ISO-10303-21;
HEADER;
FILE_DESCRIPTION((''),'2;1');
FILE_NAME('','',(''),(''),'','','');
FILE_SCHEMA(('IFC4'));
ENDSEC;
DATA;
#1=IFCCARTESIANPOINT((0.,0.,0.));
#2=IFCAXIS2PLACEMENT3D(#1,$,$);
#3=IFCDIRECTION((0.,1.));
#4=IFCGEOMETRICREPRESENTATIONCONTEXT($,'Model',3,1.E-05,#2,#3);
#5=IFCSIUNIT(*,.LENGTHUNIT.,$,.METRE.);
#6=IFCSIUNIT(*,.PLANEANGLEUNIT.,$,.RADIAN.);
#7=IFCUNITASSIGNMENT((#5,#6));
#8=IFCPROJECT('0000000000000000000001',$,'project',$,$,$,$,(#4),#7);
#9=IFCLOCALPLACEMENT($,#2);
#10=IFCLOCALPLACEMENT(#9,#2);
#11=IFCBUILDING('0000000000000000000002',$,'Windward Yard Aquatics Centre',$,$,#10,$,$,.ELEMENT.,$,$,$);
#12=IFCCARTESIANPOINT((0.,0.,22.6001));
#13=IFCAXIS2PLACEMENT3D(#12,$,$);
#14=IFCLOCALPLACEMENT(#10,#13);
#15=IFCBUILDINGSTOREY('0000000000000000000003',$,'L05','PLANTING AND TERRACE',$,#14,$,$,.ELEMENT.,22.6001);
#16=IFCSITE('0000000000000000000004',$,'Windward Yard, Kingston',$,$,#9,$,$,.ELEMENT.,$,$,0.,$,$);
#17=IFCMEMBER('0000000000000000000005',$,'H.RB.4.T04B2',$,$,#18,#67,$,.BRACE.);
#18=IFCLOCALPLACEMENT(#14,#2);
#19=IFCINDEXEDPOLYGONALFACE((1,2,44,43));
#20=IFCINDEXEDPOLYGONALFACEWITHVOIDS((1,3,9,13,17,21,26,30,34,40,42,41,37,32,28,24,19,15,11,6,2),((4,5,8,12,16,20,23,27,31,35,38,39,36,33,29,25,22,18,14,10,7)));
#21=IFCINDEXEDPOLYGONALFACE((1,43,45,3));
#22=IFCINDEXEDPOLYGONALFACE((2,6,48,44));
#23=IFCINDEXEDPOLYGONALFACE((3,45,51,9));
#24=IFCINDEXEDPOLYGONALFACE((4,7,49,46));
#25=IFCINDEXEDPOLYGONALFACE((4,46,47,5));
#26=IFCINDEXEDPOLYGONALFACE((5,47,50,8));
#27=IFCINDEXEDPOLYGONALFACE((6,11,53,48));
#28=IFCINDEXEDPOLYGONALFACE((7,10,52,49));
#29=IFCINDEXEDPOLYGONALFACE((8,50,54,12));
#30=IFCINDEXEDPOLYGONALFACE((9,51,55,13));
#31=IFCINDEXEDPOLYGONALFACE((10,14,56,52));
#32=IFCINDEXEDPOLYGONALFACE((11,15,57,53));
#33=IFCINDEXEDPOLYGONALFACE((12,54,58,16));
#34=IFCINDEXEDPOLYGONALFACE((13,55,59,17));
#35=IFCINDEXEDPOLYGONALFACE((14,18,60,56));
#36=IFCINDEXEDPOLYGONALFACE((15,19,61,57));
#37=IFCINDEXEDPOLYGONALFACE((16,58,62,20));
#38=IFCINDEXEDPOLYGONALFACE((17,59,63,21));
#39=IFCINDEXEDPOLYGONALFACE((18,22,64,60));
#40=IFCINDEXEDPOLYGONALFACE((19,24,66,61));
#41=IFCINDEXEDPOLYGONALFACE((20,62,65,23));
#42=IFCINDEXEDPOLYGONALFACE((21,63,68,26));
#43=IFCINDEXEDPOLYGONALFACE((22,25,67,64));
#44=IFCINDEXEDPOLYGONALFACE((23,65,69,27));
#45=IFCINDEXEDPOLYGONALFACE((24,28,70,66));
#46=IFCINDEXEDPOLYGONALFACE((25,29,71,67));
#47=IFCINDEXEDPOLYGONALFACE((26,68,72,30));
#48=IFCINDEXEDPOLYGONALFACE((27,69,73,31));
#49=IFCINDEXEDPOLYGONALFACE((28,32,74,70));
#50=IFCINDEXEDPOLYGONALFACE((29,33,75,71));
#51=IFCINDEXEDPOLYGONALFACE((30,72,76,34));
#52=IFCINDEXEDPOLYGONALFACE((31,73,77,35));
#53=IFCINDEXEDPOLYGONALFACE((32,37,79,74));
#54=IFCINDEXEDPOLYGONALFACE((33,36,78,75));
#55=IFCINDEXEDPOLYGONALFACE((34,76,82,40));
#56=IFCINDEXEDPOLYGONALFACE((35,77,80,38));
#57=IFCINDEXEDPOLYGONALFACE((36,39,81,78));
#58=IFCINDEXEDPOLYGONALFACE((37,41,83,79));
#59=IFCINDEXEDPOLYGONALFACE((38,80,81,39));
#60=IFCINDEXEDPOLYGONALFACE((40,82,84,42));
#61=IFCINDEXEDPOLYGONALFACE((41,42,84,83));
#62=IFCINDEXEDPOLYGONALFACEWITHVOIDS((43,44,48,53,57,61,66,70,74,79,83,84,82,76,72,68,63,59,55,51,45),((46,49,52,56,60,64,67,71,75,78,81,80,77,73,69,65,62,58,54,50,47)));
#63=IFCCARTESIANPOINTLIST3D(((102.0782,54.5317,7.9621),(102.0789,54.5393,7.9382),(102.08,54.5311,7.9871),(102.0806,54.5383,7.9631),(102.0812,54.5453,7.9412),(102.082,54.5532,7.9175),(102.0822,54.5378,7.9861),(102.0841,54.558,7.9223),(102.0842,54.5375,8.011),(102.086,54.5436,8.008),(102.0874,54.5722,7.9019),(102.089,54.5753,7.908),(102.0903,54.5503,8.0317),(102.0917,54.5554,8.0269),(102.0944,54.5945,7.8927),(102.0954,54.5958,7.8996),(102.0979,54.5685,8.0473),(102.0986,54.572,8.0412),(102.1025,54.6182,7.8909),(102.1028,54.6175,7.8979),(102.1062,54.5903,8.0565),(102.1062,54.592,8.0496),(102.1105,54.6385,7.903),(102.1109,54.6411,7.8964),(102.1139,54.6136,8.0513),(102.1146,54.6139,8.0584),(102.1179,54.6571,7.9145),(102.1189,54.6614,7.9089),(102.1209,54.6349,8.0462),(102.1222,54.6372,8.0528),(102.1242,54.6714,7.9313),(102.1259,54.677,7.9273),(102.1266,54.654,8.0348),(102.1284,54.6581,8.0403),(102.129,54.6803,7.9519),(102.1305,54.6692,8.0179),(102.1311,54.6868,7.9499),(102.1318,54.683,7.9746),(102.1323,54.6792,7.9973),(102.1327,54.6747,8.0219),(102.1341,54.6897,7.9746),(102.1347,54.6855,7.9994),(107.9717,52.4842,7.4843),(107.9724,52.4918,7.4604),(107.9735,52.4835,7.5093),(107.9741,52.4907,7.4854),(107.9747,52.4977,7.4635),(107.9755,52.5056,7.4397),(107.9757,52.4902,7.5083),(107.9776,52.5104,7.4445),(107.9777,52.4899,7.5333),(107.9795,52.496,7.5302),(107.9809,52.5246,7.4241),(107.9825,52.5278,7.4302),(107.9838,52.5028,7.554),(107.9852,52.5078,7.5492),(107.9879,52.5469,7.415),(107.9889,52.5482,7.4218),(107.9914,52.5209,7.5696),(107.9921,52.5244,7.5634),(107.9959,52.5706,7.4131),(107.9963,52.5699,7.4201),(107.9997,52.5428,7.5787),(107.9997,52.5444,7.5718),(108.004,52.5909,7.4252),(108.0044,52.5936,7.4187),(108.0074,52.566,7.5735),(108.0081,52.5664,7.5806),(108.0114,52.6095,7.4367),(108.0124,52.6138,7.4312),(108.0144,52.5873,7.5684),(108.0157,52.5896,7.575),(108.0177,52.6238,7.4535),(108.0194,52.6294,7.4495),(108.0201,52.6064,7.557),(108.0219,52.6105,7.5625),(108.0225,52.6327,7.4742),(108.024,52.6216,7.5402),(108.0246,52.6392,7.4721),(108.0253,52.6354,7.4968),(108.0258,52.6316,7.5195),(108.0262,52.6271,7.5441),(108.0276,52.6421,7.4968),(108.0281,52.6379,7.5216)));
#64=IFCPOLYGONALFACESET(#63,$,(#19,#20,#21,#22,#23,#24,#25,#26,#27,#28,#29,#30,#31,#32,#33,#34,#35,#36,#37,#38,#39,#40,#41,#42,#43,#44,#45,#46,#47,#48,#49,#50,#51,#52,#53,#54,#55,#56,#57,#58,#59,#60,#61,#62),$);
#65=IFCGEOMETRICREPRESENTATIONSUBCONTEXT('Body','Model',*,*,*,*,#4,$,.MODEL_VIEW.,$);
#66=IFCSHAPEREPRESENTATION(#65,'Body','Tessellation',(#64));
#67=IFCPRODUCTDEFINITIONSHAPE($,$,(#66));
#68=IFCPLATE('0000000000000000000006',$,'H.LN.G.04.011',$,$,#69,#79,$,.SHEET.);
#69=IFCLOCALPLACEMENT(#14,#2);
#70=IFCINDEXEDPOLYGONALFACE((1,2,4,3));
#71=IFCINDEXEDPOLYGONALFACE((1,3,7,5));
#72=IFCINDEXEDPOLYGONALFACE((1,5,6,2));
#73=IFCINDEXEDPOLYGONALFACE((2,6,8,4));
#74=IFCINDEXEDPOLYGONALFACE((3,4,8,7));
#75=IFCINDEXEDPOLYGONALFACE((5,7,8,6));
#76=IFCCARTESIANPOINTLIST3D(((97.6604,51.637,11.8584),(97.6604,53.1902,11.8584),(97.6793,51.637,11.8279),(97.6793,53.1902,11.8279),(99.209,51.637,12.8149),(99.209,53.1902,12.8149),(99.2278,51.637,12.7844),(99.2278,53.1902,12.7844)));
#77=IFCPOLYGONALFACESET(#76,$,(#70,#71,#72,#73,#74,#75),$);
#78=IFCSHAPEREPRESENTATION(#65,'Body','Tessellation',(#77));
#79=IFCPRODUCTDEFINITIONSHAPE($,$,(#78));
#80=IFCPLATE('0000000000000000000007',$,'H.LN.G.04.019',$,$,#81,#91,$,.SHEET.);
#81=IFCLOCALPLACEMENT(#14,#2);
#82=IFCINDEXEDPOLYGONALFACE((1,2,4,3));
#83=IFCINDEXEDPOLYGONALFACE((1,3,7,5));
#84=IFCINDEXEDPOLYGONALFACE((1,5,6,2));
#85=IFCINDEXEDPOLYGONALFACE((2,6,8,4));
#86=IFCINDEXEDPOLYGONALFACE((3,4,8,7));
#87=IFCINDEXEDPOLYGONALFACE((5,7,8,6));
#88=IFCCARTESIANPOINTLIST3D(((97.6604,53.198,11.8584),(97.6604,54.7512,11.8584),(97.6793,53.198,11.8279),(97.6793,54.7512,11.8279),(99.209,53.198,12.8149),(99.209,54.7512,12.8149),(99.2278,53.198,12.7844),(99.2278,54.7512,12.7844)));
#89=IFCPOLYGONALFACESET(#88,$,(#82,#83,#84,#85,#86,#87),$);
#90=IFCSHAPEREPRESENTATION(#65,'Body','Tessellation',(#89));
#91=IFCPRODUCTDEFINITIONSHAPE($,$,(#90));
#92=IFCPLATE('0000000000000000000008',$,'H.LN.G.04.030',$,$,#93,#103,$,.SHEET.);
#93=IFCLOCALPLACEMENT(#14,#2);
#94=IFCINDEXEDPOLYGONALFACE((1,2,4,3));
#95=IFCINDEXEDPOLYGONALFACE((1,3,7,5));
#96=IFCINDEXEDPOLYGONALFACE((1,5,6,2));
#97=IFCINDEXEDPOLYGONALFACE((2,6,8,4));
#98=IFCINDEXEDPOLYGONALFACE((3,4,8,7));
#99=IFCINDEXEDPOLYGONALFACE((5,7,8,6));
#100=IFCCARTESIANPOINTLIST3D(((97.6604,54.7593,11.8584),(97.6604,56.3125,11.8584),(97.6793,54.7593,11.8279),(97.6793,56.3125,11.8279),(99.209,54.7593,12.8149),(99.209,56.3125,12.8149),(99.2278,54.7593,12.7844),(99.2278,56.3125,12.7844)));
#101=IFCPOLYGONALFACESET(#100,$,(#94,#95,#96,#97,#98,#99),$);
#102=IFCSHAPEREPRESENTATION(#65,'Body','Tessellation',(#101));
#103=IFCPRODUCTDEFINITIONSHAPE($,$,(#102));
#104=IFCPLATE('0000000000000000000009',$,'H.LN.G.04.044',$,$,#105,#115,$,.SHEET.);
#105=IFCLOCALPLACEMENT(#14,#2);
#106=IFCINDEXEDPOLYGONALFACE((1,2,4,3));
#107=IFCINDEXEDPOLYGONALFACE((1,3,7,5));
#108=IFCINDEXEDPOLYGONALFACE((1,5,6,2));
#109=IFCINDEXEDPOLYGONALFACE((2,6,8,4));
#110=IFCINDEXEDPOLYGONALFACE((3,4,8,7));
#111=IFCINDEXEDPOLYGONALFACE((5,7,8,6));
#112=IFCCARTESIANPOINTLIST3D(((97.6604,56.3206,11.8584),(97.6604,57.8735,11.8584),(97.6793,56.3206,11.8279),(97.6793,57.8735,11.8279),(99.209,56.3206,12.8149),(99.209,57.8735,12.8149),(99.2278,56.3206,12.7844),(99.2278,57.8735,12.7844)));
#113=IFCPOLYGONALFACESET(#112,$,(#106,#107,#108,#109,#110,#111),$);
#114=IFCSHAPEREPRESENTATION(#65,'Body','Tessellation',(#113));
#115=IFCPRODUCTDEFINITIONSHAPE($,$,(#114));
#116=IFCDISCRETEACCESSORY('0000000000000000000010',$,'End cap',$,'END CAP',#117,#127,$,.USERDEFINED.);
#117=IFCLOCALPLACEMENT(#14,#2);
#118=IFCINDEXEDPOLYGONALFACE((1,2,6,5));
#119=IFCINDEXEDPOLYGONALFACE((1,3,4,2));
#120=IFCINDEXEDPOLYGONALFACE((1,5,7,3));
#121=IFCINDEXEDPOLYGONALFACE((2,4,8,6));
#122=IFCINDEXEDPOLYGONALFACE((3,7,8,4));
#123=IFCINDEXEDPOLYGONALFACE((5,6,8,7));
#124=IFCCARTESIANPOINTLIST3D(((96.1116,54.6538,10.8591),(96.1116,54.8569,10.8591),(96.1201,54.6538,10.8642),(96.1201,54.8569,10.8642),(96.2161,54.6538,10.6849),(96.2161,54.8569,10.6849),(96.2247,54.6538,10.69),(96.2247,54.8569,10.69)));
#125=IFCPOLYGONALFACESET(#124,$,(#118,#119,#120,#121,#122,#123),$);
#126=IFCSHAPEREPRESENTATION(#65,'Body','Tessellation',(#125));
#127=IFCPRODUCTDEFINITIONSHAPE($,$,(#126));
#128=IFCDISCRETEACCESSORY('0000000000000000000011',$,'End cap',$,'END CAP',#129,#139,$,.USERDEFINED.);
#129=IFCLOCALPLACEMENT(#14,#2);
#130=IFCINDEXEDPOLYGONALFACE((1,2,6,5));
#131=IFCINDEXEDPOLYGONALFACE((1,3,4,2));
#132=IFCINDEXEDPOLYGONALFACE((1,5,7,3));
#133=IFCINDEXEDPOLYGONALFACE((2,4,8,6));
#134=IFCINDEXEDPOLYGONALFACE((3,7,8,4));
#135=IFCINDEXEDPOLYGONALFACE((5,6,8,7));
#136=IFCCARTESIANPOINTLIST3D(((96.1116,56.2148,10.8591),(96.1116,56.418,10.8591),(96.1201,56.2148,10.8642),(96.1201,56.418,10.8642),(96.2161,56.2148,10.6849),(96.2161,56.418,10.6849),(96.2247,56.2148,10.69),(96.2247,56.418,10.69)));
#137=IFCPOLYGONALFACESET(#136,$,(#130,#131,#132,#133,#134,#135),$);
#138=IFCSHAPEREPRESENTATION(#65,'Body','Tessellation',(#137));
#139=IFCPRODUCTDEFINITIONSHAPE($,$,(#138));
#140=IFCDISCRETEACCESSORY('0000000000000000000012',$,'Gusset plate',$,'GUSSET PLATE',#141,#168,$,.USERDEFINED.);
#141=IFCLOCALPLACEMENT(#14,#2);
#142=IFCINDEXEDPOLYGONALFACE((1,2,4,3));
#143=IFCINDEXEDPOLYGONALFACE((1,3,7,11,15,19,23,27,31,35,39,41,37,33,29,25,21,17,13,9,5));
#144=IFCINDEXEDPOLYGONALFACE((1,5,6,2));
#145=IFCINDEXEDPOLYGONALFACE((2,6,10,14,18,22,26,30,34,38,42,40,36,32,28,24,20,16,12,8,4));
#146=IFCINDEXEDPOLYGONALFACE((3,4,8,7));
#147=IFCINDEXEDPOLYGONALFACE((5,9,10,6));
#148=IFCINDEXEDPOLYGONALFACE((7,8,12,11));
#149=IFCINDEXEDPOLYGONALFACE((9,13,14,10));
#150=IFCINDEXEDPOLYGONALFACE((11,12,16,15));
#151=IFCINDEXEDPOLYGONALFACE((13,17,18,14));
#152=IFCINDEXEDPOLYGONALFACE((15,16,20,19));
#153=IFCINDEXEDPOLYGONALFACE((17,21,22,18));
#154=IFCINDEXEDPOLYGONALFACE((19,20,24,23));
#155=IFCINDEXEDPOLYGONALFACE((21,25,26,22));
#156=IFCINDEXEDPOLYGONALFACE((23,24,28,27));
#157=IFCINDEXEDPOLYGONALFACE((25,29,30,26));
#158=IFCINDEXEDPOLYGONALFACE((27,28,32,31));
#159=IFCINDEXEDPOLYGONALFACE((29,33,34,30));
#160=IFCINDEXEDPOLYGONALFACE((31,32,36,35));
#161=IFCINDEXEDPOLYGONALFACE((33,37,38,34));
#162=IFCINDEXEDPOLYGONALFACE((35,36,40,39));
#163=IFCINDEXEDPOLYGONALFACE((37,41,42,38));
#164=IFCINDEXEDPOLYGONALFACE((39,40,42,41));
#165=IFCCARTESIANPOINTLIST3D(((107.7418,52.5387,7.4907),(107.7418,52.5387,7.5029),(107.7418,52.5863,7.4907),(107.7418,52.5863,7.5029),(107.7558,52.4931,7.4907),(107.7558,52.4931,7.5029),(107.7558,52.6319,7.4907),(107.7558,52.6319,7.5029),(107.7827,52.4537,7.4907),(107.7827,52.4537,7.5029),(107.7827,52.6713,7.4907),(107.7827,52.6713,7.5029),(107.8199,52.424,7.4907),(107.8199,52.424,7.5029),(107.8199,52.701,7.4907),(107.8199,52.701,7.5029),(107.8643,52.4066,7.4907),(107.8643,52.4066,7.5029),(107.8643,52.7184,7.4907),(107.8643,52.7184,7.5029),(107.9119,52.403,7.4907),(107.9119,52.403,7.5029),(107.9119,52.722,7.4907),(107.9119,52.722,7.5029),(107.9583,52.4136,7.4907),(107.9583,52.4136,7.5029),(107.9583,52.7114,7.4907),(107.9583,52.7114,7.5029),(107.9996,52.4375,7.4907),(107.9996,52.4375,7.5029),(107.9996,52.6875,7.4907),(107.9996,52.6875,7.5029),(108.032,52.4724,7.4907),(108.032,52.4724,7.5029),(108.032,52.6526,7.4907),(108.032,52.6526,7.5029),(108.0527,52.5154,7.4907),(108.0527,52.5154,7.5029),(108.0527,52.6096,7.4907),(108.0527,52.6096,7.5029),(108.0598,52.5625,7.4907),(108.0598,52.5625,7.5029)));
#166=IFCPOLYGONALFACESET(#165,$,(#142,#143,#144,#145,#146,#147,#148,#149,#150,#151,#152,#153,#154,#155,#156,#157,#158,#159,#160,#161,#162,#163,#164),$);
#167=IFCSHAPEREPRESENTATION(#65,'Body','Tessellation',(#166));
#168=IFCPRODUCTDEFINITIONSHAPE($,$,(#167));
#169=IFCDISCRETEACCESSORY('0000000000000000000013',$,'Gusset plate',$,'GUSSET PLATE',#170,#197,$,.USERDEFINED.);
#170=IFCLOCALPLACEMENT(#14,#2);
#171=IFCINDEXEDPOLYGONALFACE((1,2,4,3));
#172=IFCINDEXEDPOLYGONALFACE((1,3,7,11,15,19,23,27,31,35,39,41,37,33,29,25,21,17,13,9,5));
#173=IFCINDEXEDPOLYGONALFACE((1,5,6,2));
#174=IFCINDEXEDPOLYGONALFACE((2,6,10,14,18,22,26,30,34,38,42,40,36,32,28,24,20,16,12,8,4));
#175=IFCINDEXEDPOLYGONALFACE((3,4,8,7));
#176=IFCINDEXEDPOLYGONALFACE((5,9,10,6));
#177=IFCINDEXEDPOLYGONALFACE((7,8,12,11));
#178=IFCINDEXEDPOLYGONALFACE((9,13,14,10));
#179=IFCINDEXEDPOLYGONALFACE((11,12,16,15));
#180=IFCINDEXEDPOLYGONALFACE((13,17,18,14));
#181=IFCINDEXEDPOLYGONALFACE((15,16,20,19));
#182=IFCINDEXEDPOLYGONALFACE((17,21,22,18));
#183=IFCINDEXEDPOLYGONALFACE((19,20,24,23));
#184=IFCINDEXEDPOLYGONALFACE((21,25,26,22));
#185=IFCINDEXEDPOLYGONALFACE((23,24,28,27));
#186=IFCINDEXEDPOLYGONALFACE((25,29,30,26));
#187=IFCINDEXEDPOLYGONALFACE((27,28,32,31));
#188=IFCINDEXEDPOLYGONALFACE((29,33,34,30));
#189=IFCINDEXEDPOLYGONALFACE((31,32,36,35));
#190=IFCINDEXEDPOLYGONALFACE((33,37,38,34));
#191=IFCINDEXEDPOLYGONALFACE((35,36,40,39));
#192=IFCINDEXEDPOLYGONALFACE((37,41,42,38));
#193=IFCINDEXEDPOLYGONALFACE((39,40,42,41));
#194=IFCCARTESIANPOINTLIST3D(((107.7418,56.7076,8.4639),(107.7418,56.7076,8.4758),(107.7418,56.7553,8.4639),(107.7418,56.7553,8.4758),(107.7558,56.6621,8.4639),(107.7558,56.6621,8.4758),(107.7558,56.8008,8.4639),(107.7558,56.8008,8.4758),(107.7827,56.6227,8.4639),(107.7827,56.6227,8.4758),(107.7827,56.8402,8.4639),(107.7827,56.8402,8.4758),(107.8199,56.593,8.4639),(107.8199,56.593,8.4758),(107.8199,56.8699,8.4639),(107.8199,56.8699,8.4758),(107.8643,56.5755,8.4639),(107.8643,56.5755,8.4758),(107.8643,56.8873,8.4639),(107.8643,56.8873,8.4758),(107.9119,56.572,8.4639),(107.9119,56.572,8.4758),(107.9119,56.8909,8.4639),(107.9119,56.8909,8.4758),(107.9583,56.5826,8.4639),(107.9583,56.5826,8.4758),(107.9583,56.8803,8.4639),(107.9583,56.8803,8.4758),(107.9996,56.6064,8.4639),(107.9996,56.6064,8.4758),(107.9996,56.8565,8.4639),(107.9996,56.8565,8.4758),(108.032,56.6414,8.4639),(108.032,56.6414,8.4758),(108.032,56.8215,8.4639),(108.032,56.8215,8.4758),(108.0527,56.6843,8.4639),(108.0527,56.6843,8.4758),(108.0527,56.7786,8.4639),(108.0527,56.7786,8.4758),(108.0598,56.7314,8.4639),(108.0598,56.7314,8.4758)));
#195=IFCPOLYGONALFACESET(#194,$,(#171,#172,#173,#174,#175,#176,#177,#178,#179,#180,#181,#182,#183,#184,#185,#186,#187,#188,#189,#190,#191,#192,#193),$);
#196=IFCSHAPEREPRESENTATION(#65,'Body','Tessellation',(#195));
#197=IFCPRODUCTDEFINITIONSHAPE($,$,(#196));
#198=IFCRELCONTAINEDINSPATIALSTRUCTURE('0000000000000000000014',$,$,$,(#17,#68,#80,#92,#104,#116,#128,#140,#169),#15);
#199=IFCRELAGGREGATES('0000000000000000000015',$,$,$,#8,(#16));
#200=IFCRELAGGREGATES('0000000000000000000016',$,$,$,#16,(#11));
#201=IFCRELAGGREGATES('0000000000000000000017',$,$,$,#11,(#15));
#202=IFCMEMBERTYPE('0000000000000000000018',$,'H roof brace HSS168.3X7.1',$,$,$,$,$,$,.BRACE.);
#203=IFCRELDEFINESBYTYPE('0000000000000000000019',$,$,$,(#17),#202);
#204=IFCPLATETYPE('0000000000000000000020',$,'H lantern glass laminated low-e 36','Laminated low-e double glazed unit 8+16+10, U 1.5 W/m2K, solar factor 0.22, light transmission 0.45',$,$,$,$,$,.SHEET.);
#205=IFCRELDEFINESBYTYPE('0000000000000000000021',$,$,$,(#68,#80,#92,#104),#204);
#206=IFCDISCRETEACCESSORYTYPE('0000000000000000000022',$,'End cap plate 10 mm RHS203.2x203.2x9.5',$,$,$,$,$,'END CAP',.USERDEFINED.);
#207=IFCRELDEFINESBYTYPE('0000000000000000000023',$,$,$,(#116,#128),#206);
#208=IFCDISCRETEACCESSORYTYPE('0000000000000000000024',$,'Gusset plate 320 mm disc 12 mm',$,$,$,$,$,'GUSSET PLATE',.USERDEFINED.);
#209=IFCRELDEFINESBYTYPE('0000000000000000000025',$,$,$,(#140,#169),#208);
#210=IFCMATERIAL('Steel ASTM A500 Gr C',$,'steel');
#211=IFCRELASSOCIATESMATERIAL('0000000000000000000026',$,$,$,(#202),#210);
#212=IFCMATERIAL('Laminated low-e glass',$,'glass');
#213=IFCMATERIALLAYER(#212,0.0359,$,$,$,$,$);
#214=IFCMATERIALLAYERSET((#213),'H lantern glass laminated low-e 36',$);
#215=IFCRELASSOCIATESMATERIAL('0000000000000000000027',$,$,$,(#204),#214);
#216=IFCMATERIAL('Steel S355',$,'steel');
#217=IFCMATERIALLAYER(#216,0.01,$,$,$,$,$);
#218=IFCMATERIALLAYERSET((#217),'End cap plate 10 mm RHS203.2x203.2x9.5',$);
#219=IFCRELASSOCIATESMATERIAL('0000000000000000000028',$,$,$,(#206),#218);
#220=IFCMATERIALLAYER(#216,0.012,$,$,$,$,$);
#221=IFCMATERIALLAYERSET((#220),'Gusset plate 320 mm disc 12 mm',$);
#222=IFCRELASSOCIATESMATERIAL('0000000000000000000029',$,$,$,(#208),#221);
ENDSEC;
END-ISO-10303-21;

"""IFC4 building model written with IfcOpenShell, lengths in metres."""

from ifc_helpers import new_model, si_unit, direction, frame, origin, origin_2d, place, context, subcontext, project, spatial, polyline, rectangle, circle, hollow_circle, outline, extrude, material, layer, layer_set, material_profile, profile_set, type_object, element, save


model = new_model("IFC4")

# Units and contexts
model_context = context("Model", 3, precision=1e-05, world=origin(), true_north=direction((0.0, 1.0)))
body_context = subcontext(model_context, "Body", "Model", "MODEL_VIEW")
ifc_project = project(units=[si_unit("LENGTHUNIT", "METRE"), si_unit("PLANEANGLEUNIT", "RADIAN")], contexts=[model_context])

# Site, building, storey
site_placement = place(None, origin())
site = spatial("IfcSite", under=ifc_project, at=site_placement, Name="Windward Yard, Kingston", CompositionType="ELEMENT", RefElevation=0.0)
building_placement = place(site_placement, origin())
building = spatial("IfcBuilding", under=site, at=building_placement, Name="Windward Yard Aquatics Centre", CompositionType="ELEMENT")
storey_placement = place(building_placement, frame((0.0, 0.0, 22.6001)))
storey = spatial("IfcBuildingStorey", under=building, at=storey_placement, Name="L05", Description="PLANTING AND TERRACE", CompositionType="ELEMENT", Elevation=22.6001)

# Member
ifc_material_1 = material(Name="Steel ASTM A500 Gr C", Category="steel")
ifc_material_profile_1 = material_profile(ifc_material_1, hollow_circle(Radius=0.0842, WallThickness=0.0071, at=origin_2d()), Name="HSS168.3X7.1")
ifc_profile_set_1 = profile_set([ifc_material_profile_1], Name="Steel ASTM A500 Gr C")
member_type_1 = type_object("IfcMemberType", Name="H roof brace HSS168.3X7.1", PredefinedType="BRACE", material=ifc_profile_set_1)
for number, where, z_axis, x_axis, name in (
    (1, (102.1064, 54.6101, 7.9746), (0.941855, -0.32723, -0.076355), (0.328188, 0.944612, 0.0), "H.RB.4.T04B2"),
):
    element("IfcMember", number, at=place(storey_placement, frame(where, z_axis=z_axis, x_axis=x_axis)), inside=storey, type_object=member_type_1, Name=name, PredefinedType="BRACE", context=body_context, shape_type="SweptSolid", body=[
        extrude(hollow_circle(Radius=0.0842, WallThickness=0.0071, at=origin_2d()), origin(), (0.0, 0.0, 1.0), 6.2573),
    ])

# Plates
ifc_material_2 = material(Name="Laminated low-e glass", Category="glass")
ifc_layer_1 = layer(ifc_material_2, 0.0359)
ifc_layer_set_1 = layer_set([ifc_layer_1], Name="H lantern glass laminated low-e 36")
plate_type = type_object("IfcPlateType", Name="H lantern glass laminated low-e 36", Description="Laminated low-e double glazed unit 8+16+10, U 1.5 W/m2K, solar factor 0.22, light transmission 0.45", PredefinedType="SHEET", material=ifc_layer_set_1)
for number, where, z_axis, x_axis, name in (
    (2, (97.6604, 51.637, 11.8584), (-0.525519, 0.0, 0.850782), (0.0, 1.0, 0.0), "H.LN.G.04.011"),
    (3, (97.6604, 53.198, 11.8584), (-0.525519, 0.0, 0.850782), (0.0, 1.0, 0.0), "H.LN.G.04.019"),
    (4, (97.6604, 54.7593, 11.8584), (-0.525519, 0.0, 0.850782), (0.0, 1.0, 0.0), "H.LN.G.04.030"),
):
    element("IfcPlate", number, at=place(storey_placement, frame(where, z_axis=z_axis, x_axis=x_axis)), inside=storey, type_object=plate_type, Name=name, PredefinedType="SHEET", context=body_context, shape_type="SweptSolid", body=[
        extrude(outline(polyline([(0.0, 0.0), (1.5532, 0.0), (1.5532, -1.8202), (0.0, -1.8202), (0.0, 0.0)])), origin(), (0.0, 0.0, -1.0), 0.0359),
    ])
plate_placement = place(storey_placement, frame((97.6604, 56.3206, 11.8584), z_axis=(-0.525519, 0.0, 0.850782), x_axis=(0.0, 1.0, 0.0)))
element("IfcPlate", 5, at=plate_placement, inside=storey, type_object=plate_type, Name="H.LN.G.04.044", PredefinedType="SHEET", context=body_context, shape_type="SweptSolid", body=[
    extrude(outline(polyline([(0.0, 0.0), (1.553, 0.0), (1.553, -1.8202), (0.0, -1.8202), (0.0, 0.0)])), origin(), (0.0, 0.0, -1.0), 0.0359),
])

# Discrete accessories
ifc_material_3 = material(Name="Steel S355", Category="steel")
ifc_layer_2 = layer(ifc_material_3, 0.01)
ifc_layer_set_2 = layer_set([ifc_layer_2], Name="End cap plate 10 mm RHS203.2x203.2x9.5")
discrete_accessory_type_1 = type_object("IfcDiscreteAccessoryType", Name="End cap plate 10 mm RHS203.2x203.2x9.5", ElementType="END CAP", PredefinedType="USERDEFINED", material=ifc_layer_set_2)
for number, where, z_axis, x_axis, name in (
    (6, (96.1638, 54.7554, 10.772), (0.857493, 0.0, 0.514496), (0.0, 1.0, 0.0), "End cap"),
    (7, (96.1638, 56.3164, 10.772), (0.857493, 0.0, 0.514496), (0.0, 1.0, 0.0), "End cap"),
):
    element("IfcDiscreteAccessory", number, at=place(storey_placement, frame(where, z_axis=z_axis, x_axis=x_axis)), inside=storey, type_object=discrete_accessory_type_1, Name=name, ObjectType="END CAP", PredefinedType="USERDEFINED", context=body_context, shape_type="SweptSolid", body=[
        extrude(rectangle(XDim=0.2031, YDim=0.2031, at=origin_2d()), origin(), (0.0, 0.0, 1.0), 0.01),
    ])
ifc_layer_3 = layer(ifc_material_3, 0.012)
ifc_layer_set_3 = layer_set([ifc_layer_3], Name="Gusset plate 320 mm disc 12 mm")
discrete_accessory_type_2 = type_object("IfcDiscreteAccessoryType", Name="Gusset plate 320 mm disc 12 mm", ElementType="GUSSET PLATE", PredefinedType="USERDEFINED", material=ifc_layer_set_3)
discrete_accessory_1_placement = place(storey_placement, frame((107.8999, 52.5625, 7.4907), z_axis=(0.0, 0.0, 1.0), x_axis=(1.0, 0.0, 0.0)))
element("IfcDiscreteAccessory", 8, at=discrete_accessory_1_placement, inside=storey, type_object=discrete_accessory_type_2, Name="Gusset plate", ObjectType="GUSSET PLATE", PredefinedType="USERDEFINED", context=body_context, shape_type="SweptSolid", body=[
    extrude(circle(Radius=0.1599, at=origin_2d()), origin(), (0.0, 0.0, 1.0), 0.0122),
])
discrete_accessory_2_placement = place(storey_placement, frame((107.8999, 56.7314, 8.4639), z_axis=(0.0, 0.0, 1.0), x_axis=(1.0, 0.0, 0.0)))
element("IfcDiscreteAccessory", 9, at=discrete_accessory_2_placement, inside=storey, type_object=discrete_accessory_type_2, Name="Gusset plate", ObjectType="GUSSET PLATE", PredefinedType="USERDEFINED", context=body_context, shape_type="SweptSolid", body=[
    extrude(circle(Radius=0.1599, at=origin_2d()), origin(), (0.0, 0.0, 1.0), 0.012),
])

save(model, "model.ifc")
